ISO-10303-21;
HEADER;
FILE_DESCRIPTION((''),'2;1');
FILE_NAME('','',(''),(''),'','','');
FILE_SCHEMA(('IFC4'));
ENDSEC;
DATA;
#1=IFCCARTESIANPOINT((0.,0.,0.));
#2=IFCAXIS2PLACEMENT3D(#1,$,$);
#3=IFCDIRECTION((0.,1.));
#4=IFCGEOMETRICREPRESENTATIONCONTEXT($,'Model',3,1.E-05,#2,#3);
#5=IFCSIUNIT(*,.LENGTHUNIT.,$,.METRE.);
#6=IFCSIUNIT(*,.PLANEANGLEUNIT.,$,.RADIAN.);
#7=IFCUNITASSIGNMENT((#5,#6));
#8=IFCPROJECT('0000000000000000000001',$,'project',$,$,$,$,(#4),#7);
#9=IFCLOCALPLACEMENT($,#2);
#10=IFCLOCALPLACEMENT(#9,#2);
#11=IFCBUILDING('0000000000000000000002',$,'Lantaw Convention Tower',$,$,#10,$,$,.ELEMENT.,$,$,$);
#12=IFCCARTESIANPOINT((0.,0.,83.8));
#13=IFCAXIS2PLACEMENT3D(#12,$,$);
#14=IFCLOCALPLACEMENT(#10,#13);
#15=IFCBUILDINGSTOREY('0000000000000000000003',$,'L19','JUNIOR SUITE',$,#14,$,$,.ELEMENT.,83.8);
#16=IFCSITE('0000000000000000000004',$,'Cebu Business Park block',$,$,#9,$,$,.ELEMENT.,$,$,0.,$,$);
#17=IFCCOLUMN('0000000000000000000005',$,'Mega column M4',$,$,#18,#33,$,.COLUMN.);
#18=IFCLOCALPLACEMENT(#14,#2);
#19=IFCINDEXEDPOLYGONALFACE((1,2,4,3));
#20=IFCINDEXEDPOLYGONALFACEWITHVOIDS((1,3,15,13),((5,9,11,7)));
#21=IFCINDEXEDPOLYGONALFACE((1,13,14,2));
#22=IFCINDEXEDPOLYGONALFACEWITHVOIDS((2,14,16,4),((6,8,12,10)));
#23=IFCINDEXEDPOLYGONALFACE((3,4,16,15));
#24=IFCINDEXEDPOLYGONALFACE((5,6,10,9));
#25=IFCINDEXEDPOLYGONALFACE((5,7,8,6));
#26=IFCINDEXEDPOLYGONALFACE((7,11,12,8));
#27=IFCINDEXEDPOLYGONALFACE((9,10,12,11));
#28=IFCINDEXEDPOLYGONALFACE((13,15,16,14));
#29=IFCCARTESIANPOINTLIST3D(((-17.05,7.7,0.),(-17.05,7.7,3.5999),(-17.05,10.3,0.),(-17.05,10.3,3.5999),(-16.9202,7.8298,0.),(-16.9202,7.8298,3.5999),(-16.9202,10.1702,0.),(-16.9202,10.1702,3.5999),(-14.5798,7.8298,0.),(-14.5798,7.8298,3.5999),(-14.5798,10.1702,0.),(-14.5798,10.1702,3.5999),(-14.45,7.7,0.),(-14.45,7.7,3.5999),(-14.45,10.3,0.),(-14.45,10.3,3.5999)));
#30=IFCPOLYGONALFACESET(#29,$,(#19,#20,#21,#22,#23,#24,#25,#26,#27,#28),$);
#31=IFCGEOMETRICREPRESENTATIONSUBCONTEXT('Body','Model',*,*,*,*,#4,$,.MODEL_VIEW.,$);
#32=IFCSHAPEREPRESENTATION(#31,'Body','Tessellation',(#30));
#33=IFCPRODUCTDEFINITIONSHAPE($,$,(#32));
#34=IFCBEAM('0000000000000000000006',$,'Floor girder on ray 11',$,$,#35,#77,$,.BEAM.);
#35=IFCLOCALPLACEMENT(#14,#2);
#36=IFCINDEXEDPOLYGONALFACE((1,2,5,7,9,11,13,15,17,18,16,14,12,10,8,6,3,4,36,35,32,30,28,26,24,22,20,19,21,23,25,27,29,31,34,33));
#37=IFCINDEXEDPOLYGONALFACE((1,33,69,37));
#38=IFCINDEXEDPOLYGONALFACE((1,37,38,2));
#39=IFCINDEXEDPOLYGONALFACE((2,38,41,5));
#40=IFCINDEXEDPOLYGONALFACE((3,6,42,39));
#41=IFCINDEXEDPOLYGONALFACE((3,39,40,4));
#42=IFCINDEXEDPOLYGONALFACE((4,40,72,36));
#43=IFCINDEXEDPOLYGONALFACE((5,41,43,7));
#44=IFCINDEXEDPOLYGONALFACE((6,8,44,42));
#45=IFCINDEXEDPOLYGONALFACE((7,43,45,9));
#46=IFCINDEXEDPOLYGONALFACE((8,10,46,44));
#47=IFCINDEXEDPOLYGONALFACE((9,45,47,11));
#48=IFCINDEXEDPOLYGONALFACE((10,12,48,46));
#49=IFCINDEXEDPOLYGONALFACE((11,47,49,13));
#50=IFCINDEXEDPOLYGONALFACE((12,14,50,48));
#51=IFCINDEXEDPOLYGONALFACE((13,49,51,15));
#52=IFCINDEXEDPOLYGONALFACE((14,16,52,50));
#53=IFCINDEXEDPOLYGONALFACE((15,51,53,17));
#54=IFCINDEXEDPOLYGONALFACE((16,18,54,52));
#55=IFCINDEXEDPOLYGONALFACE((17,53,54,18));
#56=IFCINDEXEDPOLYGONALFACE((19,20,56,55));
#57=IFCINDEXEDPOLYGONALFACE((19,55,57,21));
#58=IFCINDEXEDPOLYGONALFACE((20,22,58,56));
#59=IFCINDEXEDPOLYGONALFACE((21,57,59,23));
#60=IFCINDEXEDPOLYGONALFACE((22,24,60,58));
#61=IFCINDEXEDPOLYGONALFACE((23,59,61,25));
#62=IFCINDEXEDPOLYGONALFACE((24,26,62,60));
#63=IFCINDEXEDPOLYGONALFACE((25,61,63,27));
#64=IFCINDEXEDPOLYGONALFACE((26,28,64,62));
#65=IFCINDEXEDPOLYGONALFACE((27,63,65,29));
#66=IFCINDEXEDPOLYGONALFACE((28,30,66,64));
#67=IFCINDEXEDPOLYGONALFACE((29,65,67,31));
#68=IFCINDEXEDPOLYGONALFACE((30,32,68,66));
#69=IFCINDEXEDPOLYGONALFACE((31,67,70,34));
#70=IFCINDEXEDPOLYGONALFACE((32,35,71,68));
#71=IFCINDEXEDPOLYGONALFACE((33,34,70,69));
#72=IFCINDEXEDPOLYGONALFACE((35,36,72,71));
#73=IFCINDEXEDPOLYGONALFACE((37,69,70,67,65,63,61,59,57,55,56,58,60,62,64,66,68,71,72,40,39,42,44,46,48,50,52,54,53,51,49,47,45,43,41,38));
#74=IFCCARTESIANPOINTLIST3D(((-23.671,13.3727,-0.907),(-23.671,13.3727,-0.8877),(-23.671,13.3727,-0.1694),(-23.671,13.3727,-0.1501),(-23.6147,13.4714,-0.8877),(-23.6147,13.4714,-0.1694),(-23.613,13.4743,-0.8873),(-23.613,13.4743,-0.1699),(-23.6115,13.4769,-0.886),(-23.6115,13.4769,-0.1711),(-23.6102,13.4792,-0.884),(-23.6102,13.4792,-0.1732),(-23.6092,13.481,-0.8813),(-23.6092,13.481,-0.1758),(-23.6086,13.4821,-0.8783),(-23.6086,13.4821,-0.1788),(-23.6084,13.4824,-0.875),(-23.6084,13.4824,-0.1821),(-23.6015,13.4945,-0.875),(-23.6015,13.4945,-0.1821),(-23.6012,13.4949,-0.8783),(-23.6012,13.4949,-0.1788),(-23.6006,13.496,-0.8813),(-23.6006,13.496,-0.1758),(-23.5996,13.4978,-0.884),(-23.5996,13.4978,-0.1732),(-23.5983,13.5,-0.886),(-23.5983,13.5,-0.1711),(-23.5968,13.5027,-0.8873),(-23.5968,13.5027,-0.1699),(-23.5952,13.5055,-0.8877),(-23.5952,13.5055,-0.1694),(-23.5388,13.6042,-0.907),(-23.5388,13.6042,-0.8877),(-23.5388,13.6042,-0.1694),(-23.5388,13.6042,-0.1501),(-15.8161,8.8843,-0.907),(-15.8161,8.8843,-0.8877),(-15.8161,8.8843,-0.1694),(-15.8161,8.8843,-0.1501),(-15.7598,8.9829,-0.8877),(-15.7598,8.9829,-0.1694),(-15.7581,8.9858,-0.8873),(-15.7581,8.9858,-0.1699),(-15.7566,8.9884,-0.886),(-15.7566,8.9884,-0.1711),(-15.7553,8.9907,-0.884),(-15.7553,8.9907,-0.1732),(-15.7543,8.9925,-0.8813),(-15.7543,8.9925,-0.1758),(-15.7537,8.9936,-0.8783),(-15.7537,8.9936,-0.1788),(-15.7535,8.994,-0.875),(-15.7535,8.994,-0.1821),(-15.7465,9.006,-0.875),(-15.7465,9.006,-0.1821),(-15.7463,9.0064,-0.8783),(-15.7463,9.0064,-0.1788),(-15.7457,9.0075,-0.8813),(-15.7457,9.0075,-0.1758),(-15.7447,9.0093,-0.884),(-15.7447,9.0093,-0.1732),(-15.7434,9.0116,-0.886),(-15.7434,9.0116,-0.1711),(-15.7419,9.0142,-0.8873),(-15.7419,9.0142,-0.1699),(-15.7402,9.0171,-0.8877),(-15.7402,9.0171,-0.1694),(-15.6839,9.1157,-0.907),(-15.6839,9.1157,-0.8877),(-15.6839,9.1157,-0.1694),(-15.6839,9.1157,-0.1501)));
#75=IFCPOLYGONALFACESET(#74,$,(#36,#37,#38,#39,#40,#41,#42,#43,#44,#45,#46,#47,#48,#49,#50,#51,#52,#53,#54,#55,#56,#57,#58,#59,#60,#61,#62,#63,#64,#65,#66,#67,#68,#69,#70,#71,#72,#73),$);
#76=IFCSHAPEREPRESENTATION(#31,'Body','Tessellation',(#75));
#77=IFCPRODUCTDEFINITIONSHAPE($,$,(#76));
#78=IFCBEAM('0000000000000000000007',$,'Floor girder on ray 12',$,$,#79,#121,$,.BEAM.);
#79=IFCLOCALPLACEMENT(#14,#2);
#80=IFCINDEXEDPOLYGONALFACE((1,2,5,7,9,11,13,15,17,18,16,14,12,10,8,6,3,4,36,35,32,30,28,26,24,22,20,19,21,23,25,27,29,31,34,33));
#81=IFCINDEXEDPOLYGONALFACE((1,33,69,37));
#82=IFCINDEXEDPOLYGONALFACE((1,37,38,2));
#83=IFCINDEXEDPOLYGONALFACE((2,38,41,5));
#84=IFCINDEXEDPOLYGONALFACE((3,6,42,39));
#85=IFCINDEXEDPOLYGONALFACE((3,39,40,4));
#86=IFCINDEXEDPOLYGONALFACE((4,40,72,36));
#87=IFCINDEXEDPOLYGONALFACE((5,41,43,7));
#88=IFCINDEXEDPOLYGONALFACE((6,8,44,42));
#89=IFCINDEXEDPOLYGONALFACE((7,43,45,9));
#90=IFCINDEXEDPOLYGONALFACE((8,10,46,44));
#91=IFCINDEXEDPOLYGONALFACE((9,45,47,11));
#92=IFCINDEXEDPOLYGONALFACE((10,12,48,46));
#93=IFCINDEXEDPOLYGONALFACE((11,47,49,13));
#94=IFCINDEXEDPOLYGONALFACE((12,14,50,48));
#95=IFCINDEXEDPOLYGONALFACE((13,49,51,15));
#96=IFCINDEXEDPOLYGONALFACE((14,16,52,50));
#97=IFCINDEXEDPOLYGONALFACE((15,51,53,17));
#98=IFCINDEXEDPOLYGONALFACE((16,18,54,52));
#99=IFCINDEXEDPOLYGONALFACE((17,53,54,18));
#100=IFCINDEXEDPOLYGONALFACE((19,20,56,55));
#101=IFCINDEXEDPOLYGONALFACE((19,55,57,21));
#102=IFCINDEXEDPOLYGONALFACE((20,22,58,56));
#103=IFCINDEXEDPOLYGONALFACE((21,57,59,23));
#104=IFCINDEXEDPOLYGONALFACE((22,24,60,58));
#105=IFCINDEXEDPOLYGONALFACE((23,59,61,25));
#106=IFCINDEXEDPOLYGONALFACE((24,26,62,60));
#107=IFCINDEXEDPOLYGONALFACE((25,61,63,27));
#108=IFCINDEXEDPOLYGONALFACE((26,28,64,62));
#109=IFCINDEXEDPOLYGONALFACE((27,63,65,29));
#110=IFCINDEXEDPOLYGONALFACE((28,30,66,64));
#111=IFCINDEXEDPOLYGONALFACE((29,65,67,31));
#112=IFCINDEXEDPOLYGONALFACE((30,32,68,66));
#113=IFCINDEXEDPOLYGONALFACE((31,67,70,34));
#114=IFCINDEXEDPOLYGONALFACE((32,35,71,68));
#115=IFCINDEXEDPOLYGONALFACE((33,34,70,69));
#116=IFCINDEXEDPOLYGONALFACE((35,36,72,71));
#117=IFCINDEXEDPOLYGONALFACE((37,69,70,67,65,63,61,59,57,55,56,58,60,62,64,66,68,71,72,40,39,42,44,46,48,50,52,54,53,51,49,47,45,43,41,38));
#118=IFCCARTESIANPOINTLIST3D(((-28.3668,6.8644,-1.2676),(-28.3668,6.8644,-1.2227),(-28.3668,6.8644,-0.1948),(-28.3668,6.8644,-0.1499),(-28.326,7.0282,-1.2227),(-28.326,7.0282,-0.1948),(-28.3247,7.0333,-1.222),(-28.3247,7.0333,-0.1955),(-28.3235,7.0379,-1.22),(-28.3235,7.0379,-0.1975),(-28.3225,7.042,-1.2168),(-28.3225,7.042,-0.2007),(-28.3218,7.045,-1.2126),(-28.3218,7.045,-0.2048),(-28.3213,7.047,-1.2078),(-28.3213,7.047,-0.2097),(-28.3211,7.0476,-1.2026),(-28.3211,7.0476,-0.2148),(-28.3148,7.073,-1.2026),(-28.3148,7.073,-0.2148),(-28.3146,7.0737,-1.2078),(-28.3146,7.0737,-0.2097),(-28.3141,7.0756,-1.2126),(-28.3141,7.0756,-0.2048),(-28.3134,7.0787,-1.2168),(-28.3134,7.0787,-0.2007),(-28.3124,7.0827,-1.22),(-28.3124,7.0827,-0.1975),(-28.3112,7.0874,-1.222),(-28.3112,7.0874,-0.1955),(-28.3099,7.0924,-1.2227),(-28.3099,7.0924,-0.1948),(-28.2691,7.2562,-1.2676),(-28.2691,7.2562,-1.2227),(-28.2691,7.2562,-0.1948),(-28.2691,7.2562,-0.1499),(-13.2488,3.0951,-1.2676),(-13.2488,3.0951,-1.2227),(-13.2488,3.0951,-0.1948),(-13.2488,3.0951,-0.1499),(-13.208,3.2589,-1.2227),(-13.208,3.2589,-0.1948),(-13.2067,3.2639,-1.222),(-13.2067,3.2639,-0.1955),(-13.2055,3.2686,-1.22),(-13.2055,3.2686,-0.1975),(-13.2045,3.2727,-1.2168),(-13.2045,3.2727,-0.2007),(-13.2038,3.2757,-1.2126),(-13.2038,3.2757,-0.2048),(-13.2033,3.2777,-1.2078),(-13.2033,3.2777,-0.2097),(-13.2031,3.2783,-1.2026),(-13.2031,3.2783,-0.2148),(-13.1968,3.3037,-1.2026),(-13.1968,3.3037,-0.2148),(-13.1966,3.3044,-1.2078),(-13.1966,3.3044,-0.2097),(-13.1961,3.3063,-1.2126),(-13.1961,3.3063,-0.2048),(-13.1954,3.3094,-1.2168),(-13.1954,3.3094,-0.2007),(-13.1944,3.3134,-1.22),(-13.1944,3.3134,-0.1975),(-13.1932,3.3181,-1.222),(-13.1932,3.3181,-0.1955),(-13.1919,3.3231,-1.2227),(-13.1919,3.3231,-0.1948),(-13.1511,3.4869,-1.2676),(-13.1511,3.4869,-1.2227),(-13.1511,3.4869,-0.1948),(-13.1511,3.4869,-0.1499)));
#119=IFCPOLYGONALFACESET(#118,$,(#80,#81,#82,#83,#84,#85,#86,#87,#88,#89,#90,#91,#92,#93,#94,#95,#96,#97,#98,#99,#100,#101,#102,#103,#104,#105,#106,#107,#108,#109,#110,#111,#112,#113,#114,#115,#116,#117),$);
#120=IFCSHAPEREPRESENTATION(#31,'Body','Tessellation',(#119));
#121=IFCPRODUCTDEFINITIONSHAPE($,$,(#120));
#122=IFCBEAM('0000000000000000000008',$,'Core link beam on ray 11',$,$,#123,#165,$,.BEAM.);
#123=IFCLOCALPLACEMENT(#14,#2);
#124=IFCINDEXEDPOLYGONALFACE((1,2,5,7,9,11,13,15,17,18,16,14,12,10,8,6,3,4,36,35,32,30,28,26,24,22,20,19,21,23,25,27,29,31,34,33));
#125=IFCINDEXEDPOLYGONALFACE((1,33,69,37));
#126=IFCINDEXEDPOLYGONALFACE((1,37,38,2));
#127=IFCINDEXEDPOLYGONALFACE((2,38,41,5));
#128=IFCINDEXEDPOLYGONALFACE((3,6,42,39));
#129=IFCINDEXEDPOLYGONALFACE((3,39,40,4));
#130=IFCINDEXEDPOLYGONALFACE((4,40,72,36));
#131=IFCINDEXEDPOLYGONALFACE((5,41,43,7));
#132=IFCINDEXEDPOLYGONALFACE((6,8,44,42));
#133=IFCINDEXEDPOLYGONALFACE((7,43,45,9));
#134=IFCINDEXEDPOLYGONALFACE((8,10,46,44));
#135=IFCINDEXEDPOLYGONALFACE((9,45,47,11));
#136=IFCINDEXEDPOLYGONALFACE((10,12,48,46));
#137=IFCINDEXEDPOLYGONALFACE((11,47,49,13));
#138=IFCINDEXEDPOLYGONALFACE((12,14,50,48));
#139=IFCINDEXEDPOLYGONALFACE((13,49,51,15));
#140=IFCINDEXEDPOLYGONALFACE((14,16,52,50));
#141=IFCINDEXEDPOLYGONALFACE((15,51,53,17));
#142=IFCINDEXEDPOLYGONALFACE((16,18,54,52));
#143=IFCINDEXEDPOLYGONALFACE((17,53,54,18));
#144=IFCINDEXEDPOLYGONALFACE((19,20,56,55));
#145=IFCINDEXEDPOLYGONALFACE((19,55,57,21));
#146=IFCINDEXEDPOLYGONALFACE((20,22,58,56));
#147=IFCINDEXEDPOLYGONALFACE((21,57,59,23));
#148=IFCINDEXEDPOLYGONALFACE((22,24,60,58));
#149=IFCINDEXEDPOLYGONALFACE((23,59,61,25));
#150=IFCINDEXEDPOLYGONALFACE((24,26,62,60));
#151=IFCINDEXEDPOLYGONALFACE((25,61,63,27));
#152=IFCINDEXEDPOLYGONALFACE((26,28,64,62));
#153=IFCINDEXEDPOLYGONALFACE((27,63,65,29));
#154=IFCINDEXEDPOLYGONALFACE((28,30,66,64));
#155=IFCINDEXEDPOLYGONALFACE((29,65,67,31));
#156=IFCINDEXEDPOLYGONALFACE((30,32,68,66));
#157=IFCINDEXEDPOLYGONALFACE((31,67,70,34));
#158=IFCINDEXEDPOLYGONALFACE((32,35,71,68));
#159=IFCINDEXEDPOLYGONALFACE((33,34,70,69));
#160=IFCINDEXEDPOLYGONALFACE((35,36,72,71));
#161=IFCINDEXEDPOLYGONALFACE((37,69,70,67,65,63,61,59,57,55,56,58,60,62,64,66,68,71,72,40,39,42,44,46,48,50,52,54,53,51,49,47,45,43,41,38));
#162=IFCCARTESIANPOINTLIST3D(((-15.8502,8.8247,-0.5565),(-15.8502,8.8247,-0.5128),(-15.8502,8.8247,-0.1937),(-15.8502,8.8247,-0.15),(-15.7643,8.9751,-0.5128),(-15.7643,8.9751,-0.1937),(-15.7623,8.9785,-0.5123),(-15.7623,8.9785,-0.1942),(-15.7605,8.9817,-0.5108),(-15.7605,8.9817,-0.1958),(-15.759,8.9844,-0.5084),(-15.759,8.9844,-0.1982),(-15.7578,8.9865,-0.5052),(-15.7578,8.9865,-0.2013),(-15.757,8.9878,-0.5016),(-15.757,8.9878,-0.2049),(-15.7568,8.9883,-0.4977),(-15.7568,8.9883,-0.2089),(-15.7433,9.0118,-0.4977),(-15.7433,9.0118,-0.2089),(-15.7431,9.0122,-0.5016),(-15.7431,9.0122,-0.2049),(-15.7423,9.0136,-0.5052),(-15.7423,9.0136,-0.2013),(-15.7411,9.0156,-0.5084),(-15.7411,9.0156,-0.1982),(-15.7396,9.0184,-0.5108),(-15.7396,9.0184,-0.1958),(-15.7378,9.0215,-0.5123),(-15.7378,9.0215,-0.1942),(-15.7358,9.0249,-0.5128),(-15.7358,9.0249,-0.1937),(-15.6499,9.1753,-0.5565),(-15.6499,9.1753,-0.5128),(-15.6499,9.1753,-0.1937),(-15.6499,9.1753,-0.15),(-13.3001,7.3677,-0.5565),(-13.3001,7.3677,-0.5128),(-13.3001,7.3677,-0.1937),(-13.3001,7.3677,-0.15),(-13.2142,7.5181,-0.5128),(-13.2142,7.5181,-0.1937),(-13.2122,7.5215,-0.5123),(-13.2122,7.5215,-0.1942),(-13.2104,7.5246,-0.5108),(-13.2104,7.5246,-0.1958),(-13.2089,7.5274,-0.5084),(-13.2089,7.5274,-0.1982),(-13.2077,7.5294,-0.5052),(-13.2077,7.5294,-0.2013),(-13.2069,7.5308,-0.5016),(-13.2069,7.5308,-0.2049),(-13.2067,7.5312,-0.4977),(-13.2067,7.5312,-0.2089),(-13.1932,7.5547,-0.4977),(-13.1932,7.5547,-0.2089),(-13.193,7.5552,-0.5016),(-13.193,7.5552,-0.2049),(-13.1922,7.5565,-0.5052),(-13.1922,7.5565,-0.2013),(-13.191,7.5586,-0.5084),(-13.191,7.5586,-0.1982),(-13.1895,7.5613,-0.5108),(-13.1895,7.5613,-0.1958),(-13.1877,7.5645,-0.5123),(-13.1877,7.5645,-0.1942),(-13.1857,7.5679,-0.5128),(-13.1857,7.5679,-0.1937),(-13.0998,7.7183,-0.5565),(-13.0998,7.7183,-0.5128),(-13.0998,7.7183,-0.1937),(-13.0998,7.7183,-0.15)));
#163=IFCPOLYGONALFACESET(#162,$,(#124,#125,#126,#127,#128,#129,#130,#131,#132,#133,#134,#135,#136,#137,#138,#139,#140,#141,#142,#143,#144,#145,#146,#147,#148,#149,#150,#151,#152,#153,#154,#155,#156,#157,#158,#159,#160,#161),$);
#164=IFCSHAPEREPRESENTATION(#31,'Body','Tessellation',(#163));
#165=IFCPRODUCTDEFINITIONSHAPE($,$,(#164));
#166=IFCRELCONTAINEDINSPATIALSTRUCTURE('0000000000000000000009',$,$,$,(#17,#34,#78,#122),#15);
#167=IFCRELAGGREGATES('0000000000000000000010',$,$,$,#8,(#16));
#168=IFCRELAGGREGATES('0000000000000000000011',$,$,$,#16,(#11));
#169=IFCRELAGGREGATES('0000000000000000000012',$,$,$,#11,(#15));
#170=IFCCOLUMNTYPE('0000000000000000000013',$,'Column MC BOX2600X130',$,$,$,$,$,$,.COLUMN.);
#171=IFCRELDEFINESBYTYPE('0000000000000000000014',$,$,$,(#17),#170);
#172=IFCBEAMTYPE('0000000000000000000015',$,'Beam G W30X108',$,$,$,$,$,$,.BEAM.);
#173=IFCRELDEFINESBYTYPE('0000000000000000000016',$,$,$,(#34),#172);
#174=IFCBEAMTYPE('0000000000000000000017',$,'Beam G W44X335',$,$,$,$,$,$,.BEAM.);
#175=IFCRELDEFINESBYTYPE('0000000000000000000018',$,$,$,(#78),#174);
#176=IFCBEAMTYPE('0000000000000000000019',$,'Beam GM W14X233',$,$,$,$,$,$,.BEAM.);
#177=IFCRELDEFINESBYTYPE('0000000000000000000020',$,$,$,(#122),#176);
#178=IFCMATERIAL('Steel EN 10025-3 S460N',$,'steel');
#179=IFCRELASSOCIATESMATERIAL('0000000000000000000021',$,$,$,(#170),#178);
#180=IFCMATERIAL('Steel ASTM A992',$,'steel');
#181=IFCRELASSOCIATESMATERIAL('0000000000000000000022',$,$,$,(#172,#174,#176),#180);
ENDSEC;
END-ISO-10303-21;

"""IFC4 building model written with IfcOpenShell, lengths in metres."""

from ifc_helpers import new_model, si_unit, direction, frame, origin, origin_2d, place, context, subcontext, project, spatial, rectangle, hollow_rectangle, i_section, extrude, material, material_profile, profile_set, type_object, element, save


model = new_model("IFC4")

# Units and contexts
model_context = context("Model", 3, precision=1e-05, world=origin(), true_north=direction((0.0, 1.0)))
body_context = subcontext(model_context, "Body", "Model", "MODEL_VIEW")
ifc_project = project(units=[si_unit("LENGTHUNIT", "METRE"), si_unit("PLANEANGLEUNIT", "RADIAN")], contexts=[model_context])

# Site, building, storey
site_placement = place(None, origin())
site = spatial("IfcSite", under=ifc_project, at=site_placement, Name="Cebu Business Park block", CompositionType="ELEMENT", RefElevation=0.0)
building_placement = place(site_placement, origin())
building = spatial("IfcBuilding", under=site, at=building_placement, Name="Lantaw Convention Tower", CompositionType="ELEMENT")
storey_placement = place(building_placement, frame((0.0, 0.0, 83.8)))
storey = spatial("IfcBuildingStorey", under=building, at=storey_placement, Name="L19", Description="JUNIOR SUITE", CompositionType="ELEMENT", Elevation=83.8)

# Column
ifc_material_1 = material(Name="Steel EN 10025-3 S460N", Category="steel")
ifc_material_profile_1 = material_profile(ifc_material_1, hollow_rectangle(XDim=2.6001, YDim=2.6001, WallThickness=0.1299, at=origin_2d()), Name="BOX2600X130")
ifc_material_2 = material(Name="Concrete C60/75", Category="concrete")
ifc_material_profile_2 = material_profile(ifc_material_2, rectangle(XDim=2.3401, YDim=2.3401, at=origin_2d()), Name="Concrete fill of BOX2600X130")
ifc_profile_set_1 = profile_set([ifc_material_profile_1, ifc_material_profile_2], Name="Steel EN 10025-3 S460N")
column_type = type_object("IfcColumnType", Name="Column MC BOX2600X130", PredefinedType="COLUMN", material=ifc_profile_set_1)
column_placement = place(storey_placement, frame((-15.75, 9.0, 0.0), z_axis=(0.0, 0.0, 1.0), x_axis=(1.0, 0.0, 0.0)))
element("IfcColumn", 1, at=column_placement, inside=storey, type_object=column_type, Name="Mega column M4", PredefinedType="COLUMN", context=body_context, shape_type="SweptSolid", body=[
    extrude(hollow_rectangle(XDim=2.6001, YDim=2.6001, WallThickness=0.1299, at=origin_2d()), origin(), (0.0, 0.0, 1.0), 3.5999),
])

# Beams
ifc_material_3 = material(Name="Steel ASTM A992", Category="steel")
ifc_material_profile_3 = material_profile(ifc_material_3, i_section(OverallWidth=0.2666, OverallDepth=0.7568, WebThickness=0.0139, FlangeThickness=0.0193, FilletRadius=0.0127, at=origin_2d()), Name="W30X108")
ifc_profile_set_2 = profile_set([ifc_material_profile_3], Name="Steel ASTM A992")
beam_type_1 = type_object("IfcBeamType", Name="Beam G W30X108", PredefinedType="BEAM", material=ifc_profile_set_2)
beam_1_placement = place(storey_placement, frame((-15.75, 9.0, -0.5286), z_axis=(-0.868245, 0.496136, 0.0), x_axis=(-0.496136, -0.868245, 0.0)))
element("IfcBeam", 2, at=beam_1_placement, inside=storey, type_object=beam_type_1, Name="Floor girder on ray 11", PredefinedType="BEAM", context=body_context, shape_type="SweptSolid", body=[
    extrude(i_section(OverallWidth=0.2666, OverallDepth=0.7568, WebThickness=0.0139, FlangeThickness=0.0193, FilletRadius=0.0127, at=origin_2d()), origin(), (0.0, 0.0, 1.0), 9.0469),
])
ifc_material_profile_4 = material_profile(ifc_material_3, i_section(OverallWidth=0.4038, OverallDepth=1.1177, WebThickness=0.0261, FlangeThickness=0.0449, FilletRadius=0.02, at=origin_2d()), Name="W44X335")
ifc_profile_set_3 = profile_set([ifc_material_profile_4], Name="Steel ASTM A992")
beam_type_2 = type_object("IfcBeamType", Name="Beam G W44X335", PredefinedType="BEAM", material=ifc_profile_set_3)
beam_2_placement = place(storey_placement, frame((-13.2, 3.291, -0.7087), z_axis=(-0.970296, 0.24192, 0.0), x_axis=(-0.24192, -0.970296, 0.0)))
element("IfcBeam", 3, at=beam_2_placement, inside=storey, type_object=beam_type_2, Name="Floor girder on ray 12", PredefinedType="BEAM", context=body_context, shape_type="SweptSolid", body=[
    extrude(i_section(OverallWidth=0.4038, OverallDepth=1.1177, WebThickness=0.0261, FlangeThickness=0.0449, FilletRadius=0.02, at=origin_2d()), origin(), (0.0, 0.0, 1.0), 15.5808),
])
ifc_material_profile_5 = material_profile(ifc_material_3, i_section(OverallWidth=0.4038, OverallDepth=0.4065, WebThickness=0.0271, FlangeThickness=0.0437, FilletRadius=0.0151, at=origin_2d()), Name="W14X233")
ifc_profile_set_4 = profile_set([ifc_material_profile_5], Name="Steel ASTM A992")
beam_type_3 = type_object("IfcBeamType", Name="Beam GM W14X233", PredefinedType="BEAM", material=ifc_profile_set_4)
beam_3_placement = place(storey_placement, frame((-13.2, 7.543, -0.3533), z_axis=(-0.868264, 0.496103, 0.0), x_axis=(-0.496103, -0.868264, 0.0)))
element("IfcBeam", 4, at=beam_3_placement, inside=storey, type_object=beam_type_3, Name="Core link beam on ray 11", PredefinedType="BEAM", context=body_context, shape_type="SweptSolid", body=[
    extrude(i_section(OverallWidth=0.4038, OverallDepth=0.4065, WebThickness=0.0271, FlangeThickness=0.0437, FilletRadius=0.0151, at=origin_2d()), origin(), (0.0, 0.0, 1.0), 2.937),
])

save(model, "model.ifc")
